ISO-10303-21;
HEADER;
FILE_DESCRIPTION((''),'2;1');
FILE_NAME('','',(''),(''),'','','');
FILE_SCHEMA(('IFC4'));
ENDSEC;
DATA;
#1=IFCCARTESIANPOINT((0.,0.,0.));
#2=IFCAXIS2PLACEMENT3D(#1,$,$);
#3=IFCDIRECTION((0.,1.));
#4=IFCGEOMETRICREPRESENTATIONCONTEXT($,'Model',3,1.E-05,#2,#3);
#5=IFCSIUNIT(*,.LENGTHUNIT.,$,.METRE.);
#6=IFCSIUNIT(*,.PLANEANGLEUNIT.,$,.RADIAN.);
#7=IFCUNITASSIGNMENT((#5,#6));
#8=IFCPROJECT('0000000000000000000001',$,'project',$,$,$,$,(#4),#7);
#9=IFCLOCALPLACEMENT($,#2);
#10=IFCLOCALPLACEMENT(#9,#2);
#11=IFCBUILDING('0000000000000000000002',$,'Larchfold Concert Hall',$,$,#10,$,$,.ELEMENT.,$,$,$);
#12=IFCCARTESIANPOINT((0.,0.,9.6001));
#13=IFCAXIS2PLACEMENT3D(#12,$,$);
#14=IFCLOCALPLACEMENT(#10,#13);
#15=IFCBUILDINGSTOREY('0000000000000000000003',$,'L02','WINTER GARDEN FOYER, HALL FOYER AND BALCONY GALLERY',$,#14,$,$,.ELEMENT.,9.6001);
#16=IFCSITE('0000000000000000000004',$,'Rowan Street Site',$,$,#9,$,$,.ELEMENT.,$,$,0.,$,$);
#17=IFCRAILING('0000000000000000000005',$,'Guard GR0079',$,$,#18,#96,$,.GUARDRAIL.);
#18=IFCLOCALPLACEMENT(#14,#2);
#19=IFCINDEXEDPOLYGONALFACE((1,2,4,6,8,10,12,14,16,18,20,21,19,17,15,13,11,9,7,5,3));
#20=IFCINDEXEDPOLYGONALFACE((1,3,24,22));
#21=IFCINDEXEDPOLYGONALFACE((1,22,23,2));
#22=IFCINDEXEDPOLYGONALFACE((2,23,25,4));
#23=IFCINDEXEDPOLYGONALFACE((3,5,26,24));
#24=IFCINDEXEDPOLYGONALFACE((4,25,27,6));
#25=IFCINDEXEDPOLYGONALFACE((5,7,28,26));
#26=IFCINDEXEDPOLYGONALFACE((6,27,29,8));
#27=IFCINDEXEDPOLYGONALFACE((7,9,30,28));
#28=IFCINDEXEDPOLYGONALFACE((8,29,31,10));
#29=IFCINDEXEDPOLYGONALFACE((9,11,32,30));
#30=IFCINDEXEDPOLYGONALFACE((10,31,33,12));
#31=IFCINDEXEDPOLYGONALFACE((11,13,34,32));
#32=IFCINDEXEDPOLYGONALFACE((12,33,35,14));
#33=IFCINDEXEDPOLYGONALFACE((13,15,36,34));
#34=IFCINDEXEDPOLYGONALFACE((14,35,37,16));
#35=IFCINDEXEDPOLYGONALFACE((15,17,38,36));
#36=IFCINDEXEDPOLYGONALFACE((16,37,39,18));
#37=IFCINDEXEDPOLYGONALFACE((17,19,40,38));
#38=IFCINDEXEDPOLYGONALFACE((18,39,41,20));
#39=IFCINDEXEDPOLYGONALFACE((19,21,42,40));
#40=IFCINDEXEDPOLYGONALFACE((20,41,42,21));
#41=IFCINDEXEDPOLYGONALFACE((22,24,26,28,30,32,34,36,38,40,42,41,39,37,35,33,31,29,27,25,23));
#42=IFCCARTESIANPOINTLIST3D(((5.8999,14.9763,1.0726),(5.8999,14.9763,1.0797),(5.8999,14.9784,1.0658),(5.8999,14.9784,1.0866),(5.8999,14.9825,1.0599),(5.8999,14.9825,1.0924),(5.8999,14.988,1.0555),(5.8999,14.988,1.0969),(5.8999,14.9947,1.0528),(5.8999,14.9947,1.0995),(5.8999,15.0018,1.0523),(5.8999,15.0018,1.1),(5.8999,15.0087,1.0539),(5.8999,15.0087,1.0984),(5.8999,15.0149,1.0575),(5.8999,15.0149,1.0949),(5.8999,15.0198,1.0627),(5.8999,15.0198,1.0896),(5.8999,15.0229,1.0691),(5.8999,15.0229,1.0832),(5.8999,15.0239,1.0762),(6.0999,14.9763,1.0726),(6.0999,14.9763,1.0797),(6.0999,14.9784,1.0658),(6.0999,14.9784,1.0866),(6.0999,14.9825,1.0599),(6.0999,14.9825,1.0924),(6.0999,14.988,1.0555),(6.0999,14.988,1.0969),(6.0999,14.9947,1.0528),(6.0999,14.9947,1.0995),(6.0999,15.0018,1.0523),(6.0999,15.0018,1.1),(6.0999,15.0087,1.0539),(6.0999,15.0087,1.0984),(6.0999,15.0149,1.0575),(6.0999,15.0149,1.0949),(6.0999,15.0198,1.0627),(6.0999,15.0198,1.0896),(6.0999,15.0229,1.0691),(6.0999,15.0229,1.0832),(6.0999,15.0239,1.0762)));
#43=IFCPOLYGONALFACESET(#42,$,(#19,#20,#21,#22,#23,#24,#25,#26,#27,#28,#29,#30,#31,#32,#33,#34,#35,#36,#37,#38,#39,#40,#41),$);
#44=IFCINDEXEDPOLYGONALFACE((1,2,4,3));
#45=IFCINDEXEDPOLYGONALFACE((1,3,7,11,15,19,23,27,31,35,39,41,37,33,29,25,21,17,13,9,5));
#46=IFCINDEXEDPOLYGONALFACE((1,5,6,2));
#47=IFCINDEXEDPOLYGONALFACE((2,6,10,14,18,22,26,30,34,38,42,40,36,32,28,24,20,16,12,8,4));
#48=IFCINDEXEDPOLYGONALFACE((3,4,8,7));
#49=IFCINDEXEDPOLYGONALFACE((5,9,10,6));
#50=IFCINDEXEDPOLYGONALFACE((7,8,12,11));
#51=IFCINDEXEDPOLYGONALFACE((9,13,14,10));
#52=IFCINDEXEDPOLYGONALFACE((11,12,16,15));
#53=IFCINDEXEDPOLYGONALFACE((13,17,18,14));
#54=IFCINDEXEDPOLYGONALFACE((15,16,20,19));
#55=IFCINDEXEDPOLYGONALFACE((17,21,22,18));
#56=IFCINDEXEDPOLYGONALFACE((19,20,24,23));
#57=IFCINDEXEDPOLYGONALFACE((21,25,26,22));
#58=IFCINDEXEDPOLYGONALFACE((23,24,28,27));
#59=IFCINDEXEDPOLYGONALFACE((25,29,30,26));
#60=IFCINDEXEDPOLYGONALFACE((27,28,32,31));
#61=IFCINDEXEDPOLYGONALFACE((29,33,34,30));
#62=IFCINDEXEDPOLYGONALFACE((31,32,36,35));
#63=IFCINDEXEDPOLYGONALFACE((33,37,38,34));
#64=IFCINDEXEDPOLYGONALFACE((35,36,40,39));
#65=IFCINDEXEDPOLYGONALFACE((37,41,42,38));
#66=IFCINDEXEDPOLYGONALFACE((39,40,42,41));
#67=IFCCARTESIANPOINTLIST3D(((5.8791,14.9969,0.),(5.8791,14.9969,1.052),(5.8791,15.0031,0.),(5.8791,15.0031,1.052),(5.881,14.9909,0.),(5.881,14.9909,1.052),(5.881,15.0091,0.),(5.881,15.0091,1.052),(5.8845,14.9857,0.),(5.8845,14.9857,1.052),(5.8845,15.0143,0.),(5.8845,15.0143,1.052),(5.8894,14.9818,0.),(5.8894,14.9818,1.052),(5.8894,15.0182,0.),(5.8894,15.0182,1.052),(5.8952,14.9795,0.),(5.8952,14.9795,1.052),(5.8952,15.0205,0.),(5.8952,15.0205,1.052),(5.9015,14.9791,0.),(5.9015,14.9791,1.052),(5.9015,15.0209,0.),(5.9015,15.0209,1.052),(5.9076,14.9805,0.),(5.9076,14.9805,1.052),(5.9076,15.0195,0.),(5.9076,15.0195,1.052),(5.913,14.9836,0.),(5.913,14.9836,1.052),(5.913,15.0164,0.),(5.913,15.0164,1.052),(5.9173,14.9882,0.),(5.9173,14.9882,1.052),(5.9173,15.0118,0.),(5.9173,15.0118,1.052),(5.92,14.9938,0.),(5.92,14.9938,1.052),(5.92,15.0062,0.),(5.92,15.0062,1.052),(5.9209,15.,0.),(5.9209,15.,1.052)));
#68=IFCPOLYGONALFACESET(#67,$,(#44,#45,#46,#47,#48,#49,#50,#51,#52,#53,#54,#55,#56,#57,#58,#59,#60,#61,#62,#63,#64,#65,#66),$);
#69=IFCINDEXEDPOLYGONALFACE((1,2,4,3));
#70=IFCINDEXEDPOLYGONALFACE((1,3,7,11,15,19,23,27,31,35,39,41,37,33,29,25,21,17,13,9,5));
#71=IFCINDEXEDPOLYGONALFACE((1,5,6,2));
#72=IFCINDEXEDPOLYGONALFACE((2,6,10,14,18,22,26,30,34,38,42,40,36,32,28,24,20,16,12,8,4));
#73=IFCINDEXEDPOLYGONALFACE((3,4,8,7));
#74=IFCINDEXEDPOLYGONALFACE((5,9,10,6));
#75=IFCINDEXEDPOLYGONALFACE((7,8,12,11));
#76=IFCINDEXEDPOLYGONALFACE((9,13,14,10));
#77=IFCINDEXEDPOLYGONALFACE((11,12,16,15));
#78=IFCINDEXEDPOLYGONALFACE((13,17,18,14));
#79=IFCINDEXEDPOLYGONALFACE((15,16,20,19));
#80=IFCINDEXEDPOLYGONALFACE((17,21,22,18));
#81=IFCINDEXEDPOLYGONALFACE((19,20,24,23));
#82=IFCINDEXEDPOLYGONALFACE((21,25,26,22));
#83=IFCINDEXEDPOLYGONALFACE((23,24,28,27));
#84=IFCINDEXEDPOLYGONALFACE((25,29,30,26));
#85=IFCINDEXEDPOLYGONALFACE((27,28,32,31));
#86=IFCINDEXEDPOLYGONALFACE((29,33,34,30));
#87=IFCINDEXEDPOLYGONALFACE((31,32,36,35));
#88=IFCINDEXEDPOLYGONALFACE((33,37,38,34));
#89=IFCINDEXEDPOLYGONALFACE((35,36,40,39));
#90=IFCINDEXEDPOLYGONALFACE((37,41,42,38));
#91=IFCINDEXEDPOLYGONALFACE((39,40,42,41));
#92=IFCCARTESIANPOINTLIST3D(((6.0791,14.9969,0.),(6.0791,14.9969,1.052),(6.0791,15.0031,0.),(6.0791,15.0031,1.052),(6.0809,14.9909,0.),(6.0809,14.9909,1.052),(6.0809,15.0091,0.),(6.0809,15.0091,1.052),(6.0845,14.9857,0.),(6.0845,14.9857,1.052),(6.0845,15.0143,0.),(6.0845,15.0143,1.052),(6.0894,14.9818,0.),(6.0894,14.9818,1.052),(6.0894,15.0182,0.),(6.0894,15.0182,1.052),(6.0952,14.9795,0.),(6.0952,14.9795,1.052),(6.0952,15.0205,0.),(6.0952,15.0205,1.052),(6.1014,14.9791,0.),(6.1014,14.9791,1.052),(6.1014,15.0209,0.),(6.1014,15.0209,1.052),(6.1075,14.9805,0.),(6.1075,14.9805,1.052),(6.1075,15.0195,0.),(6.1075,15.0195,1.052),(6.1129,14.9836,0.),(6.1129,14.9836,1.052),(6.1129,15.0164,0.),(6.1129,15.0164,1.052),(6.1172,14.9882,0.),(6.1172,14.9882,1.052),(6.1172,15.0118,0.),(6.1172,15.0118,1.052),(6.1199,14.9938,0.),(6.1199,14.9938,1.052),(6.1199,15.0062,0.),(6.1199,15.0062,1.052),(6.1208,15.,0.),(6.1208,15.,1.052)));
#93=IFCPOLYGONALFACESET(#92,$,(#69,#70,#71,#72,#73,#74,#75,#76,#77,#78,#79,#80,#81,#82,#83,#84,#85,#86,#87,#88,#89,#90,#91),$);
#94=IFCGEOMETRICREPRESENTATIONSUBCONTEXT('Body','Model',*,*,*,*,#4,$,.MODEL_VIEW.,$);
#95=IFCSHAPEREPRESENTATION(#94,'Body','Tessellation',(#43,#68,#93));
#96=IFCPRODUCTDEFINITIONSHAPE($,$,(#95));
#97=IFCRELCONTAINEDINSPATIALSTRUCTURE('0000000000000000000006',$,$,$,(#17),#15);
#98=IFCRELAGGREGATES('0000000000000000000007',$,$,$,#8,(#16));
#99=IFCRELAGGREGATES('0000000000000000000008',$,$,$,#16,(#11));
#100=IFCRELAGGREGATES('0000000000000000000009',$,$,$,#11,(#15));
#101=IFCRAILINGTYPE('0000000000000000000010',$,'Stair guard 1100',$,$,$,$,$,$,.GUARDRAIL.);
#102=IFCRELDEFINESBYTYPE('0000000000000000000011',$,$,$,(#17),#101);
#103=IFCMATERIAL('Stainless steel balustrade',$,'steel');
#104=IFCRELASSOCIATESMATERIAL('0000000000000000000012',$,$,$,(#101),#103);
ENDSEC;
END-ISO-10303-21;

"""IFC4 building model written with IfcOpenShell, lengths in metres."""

from ifc_helpers import new_model, si_unit, direction, frame, origin, origin_2d, place, context, subcontext, project, spatial, circle, extrude, material, type_object, element, save


model = new_model("IFC4")

# Units and contexts
model_context = context("Model", 3, precision=1e-05, world=origin(), true_north=direction((0.0, 1.0)))
body_context = subcontext(model_context, "Body", "Model", "MODEL_VIEW")
ifc_project = project(units=[si_unit("LENGTHUNIT", "METRE"), si_unit("PLANEANGLEUNIT", "RADIAN")], contexts=[model_context])

# Site, building, storey
site_placement = place(None, origin())
site = spatial("IfcSite", under=ifc_project, at=site_placement, Name="Rowan Street Site", CompositionType="ELEMENT", RefElevation=0.0)
building_placement = place(site_placement, origin())
building = spatial("IfcBuilding", under=site, at=building_placement, Name="Larchfold Concert Hall", CompositionType="ELEMENT")
storey_placement = place(building_placement, frame((0.0, 0.0, 9.6001)))
storey = spatial("IfcBuildingStorey", under=building, at=storey_placement, Name="L02", Description="WINTER GARDEN FOYER, HALL FOYER AND BALCONY GALLERY", CompositionType="ELEMENT", Elevation=9.6001)

# Railing
ifc_material_1 = material(Name="Stainless steel balustrade", Category="steel")
railing_type_1 = type_object("IfcRailingType", Name="Stair guard 1100", PredefinedType="GUARDRAIL", material=ifc_material_1)
railing_1_placement = place(storey_placement, frame((5.8999, 15.0, 0.0)))
element("IfcRailing", 1, at=railing_1_placement, inside=storey, type_object=railing_type_1, Name="Guard GR0079", PredefinedType="GUARDRAIL", context=body_context, shape_type="SweptSolid", body=[
    extrude(circle(Radius=0.0239, at=origin_2d()), frame((0.0, 0.0, 1.0762), z_axis=(1.0, 0.0, 0.0), x_axis=(0.0, 1.0, 0.0)), (0.0, 0.0, 1.0), 0.2),
    extrude(circle(Radius=0.021, at=origin_2d()), origin(), (0.0, 0.0, 1.0), 1.052),
    extrude(circle(Radius=0.021, at=origin_2d()), frame((0.2, 0.0, 0.0)), (0.0, 0.0, 1.0), 1.052),
])

save(model, "model.ifc")
